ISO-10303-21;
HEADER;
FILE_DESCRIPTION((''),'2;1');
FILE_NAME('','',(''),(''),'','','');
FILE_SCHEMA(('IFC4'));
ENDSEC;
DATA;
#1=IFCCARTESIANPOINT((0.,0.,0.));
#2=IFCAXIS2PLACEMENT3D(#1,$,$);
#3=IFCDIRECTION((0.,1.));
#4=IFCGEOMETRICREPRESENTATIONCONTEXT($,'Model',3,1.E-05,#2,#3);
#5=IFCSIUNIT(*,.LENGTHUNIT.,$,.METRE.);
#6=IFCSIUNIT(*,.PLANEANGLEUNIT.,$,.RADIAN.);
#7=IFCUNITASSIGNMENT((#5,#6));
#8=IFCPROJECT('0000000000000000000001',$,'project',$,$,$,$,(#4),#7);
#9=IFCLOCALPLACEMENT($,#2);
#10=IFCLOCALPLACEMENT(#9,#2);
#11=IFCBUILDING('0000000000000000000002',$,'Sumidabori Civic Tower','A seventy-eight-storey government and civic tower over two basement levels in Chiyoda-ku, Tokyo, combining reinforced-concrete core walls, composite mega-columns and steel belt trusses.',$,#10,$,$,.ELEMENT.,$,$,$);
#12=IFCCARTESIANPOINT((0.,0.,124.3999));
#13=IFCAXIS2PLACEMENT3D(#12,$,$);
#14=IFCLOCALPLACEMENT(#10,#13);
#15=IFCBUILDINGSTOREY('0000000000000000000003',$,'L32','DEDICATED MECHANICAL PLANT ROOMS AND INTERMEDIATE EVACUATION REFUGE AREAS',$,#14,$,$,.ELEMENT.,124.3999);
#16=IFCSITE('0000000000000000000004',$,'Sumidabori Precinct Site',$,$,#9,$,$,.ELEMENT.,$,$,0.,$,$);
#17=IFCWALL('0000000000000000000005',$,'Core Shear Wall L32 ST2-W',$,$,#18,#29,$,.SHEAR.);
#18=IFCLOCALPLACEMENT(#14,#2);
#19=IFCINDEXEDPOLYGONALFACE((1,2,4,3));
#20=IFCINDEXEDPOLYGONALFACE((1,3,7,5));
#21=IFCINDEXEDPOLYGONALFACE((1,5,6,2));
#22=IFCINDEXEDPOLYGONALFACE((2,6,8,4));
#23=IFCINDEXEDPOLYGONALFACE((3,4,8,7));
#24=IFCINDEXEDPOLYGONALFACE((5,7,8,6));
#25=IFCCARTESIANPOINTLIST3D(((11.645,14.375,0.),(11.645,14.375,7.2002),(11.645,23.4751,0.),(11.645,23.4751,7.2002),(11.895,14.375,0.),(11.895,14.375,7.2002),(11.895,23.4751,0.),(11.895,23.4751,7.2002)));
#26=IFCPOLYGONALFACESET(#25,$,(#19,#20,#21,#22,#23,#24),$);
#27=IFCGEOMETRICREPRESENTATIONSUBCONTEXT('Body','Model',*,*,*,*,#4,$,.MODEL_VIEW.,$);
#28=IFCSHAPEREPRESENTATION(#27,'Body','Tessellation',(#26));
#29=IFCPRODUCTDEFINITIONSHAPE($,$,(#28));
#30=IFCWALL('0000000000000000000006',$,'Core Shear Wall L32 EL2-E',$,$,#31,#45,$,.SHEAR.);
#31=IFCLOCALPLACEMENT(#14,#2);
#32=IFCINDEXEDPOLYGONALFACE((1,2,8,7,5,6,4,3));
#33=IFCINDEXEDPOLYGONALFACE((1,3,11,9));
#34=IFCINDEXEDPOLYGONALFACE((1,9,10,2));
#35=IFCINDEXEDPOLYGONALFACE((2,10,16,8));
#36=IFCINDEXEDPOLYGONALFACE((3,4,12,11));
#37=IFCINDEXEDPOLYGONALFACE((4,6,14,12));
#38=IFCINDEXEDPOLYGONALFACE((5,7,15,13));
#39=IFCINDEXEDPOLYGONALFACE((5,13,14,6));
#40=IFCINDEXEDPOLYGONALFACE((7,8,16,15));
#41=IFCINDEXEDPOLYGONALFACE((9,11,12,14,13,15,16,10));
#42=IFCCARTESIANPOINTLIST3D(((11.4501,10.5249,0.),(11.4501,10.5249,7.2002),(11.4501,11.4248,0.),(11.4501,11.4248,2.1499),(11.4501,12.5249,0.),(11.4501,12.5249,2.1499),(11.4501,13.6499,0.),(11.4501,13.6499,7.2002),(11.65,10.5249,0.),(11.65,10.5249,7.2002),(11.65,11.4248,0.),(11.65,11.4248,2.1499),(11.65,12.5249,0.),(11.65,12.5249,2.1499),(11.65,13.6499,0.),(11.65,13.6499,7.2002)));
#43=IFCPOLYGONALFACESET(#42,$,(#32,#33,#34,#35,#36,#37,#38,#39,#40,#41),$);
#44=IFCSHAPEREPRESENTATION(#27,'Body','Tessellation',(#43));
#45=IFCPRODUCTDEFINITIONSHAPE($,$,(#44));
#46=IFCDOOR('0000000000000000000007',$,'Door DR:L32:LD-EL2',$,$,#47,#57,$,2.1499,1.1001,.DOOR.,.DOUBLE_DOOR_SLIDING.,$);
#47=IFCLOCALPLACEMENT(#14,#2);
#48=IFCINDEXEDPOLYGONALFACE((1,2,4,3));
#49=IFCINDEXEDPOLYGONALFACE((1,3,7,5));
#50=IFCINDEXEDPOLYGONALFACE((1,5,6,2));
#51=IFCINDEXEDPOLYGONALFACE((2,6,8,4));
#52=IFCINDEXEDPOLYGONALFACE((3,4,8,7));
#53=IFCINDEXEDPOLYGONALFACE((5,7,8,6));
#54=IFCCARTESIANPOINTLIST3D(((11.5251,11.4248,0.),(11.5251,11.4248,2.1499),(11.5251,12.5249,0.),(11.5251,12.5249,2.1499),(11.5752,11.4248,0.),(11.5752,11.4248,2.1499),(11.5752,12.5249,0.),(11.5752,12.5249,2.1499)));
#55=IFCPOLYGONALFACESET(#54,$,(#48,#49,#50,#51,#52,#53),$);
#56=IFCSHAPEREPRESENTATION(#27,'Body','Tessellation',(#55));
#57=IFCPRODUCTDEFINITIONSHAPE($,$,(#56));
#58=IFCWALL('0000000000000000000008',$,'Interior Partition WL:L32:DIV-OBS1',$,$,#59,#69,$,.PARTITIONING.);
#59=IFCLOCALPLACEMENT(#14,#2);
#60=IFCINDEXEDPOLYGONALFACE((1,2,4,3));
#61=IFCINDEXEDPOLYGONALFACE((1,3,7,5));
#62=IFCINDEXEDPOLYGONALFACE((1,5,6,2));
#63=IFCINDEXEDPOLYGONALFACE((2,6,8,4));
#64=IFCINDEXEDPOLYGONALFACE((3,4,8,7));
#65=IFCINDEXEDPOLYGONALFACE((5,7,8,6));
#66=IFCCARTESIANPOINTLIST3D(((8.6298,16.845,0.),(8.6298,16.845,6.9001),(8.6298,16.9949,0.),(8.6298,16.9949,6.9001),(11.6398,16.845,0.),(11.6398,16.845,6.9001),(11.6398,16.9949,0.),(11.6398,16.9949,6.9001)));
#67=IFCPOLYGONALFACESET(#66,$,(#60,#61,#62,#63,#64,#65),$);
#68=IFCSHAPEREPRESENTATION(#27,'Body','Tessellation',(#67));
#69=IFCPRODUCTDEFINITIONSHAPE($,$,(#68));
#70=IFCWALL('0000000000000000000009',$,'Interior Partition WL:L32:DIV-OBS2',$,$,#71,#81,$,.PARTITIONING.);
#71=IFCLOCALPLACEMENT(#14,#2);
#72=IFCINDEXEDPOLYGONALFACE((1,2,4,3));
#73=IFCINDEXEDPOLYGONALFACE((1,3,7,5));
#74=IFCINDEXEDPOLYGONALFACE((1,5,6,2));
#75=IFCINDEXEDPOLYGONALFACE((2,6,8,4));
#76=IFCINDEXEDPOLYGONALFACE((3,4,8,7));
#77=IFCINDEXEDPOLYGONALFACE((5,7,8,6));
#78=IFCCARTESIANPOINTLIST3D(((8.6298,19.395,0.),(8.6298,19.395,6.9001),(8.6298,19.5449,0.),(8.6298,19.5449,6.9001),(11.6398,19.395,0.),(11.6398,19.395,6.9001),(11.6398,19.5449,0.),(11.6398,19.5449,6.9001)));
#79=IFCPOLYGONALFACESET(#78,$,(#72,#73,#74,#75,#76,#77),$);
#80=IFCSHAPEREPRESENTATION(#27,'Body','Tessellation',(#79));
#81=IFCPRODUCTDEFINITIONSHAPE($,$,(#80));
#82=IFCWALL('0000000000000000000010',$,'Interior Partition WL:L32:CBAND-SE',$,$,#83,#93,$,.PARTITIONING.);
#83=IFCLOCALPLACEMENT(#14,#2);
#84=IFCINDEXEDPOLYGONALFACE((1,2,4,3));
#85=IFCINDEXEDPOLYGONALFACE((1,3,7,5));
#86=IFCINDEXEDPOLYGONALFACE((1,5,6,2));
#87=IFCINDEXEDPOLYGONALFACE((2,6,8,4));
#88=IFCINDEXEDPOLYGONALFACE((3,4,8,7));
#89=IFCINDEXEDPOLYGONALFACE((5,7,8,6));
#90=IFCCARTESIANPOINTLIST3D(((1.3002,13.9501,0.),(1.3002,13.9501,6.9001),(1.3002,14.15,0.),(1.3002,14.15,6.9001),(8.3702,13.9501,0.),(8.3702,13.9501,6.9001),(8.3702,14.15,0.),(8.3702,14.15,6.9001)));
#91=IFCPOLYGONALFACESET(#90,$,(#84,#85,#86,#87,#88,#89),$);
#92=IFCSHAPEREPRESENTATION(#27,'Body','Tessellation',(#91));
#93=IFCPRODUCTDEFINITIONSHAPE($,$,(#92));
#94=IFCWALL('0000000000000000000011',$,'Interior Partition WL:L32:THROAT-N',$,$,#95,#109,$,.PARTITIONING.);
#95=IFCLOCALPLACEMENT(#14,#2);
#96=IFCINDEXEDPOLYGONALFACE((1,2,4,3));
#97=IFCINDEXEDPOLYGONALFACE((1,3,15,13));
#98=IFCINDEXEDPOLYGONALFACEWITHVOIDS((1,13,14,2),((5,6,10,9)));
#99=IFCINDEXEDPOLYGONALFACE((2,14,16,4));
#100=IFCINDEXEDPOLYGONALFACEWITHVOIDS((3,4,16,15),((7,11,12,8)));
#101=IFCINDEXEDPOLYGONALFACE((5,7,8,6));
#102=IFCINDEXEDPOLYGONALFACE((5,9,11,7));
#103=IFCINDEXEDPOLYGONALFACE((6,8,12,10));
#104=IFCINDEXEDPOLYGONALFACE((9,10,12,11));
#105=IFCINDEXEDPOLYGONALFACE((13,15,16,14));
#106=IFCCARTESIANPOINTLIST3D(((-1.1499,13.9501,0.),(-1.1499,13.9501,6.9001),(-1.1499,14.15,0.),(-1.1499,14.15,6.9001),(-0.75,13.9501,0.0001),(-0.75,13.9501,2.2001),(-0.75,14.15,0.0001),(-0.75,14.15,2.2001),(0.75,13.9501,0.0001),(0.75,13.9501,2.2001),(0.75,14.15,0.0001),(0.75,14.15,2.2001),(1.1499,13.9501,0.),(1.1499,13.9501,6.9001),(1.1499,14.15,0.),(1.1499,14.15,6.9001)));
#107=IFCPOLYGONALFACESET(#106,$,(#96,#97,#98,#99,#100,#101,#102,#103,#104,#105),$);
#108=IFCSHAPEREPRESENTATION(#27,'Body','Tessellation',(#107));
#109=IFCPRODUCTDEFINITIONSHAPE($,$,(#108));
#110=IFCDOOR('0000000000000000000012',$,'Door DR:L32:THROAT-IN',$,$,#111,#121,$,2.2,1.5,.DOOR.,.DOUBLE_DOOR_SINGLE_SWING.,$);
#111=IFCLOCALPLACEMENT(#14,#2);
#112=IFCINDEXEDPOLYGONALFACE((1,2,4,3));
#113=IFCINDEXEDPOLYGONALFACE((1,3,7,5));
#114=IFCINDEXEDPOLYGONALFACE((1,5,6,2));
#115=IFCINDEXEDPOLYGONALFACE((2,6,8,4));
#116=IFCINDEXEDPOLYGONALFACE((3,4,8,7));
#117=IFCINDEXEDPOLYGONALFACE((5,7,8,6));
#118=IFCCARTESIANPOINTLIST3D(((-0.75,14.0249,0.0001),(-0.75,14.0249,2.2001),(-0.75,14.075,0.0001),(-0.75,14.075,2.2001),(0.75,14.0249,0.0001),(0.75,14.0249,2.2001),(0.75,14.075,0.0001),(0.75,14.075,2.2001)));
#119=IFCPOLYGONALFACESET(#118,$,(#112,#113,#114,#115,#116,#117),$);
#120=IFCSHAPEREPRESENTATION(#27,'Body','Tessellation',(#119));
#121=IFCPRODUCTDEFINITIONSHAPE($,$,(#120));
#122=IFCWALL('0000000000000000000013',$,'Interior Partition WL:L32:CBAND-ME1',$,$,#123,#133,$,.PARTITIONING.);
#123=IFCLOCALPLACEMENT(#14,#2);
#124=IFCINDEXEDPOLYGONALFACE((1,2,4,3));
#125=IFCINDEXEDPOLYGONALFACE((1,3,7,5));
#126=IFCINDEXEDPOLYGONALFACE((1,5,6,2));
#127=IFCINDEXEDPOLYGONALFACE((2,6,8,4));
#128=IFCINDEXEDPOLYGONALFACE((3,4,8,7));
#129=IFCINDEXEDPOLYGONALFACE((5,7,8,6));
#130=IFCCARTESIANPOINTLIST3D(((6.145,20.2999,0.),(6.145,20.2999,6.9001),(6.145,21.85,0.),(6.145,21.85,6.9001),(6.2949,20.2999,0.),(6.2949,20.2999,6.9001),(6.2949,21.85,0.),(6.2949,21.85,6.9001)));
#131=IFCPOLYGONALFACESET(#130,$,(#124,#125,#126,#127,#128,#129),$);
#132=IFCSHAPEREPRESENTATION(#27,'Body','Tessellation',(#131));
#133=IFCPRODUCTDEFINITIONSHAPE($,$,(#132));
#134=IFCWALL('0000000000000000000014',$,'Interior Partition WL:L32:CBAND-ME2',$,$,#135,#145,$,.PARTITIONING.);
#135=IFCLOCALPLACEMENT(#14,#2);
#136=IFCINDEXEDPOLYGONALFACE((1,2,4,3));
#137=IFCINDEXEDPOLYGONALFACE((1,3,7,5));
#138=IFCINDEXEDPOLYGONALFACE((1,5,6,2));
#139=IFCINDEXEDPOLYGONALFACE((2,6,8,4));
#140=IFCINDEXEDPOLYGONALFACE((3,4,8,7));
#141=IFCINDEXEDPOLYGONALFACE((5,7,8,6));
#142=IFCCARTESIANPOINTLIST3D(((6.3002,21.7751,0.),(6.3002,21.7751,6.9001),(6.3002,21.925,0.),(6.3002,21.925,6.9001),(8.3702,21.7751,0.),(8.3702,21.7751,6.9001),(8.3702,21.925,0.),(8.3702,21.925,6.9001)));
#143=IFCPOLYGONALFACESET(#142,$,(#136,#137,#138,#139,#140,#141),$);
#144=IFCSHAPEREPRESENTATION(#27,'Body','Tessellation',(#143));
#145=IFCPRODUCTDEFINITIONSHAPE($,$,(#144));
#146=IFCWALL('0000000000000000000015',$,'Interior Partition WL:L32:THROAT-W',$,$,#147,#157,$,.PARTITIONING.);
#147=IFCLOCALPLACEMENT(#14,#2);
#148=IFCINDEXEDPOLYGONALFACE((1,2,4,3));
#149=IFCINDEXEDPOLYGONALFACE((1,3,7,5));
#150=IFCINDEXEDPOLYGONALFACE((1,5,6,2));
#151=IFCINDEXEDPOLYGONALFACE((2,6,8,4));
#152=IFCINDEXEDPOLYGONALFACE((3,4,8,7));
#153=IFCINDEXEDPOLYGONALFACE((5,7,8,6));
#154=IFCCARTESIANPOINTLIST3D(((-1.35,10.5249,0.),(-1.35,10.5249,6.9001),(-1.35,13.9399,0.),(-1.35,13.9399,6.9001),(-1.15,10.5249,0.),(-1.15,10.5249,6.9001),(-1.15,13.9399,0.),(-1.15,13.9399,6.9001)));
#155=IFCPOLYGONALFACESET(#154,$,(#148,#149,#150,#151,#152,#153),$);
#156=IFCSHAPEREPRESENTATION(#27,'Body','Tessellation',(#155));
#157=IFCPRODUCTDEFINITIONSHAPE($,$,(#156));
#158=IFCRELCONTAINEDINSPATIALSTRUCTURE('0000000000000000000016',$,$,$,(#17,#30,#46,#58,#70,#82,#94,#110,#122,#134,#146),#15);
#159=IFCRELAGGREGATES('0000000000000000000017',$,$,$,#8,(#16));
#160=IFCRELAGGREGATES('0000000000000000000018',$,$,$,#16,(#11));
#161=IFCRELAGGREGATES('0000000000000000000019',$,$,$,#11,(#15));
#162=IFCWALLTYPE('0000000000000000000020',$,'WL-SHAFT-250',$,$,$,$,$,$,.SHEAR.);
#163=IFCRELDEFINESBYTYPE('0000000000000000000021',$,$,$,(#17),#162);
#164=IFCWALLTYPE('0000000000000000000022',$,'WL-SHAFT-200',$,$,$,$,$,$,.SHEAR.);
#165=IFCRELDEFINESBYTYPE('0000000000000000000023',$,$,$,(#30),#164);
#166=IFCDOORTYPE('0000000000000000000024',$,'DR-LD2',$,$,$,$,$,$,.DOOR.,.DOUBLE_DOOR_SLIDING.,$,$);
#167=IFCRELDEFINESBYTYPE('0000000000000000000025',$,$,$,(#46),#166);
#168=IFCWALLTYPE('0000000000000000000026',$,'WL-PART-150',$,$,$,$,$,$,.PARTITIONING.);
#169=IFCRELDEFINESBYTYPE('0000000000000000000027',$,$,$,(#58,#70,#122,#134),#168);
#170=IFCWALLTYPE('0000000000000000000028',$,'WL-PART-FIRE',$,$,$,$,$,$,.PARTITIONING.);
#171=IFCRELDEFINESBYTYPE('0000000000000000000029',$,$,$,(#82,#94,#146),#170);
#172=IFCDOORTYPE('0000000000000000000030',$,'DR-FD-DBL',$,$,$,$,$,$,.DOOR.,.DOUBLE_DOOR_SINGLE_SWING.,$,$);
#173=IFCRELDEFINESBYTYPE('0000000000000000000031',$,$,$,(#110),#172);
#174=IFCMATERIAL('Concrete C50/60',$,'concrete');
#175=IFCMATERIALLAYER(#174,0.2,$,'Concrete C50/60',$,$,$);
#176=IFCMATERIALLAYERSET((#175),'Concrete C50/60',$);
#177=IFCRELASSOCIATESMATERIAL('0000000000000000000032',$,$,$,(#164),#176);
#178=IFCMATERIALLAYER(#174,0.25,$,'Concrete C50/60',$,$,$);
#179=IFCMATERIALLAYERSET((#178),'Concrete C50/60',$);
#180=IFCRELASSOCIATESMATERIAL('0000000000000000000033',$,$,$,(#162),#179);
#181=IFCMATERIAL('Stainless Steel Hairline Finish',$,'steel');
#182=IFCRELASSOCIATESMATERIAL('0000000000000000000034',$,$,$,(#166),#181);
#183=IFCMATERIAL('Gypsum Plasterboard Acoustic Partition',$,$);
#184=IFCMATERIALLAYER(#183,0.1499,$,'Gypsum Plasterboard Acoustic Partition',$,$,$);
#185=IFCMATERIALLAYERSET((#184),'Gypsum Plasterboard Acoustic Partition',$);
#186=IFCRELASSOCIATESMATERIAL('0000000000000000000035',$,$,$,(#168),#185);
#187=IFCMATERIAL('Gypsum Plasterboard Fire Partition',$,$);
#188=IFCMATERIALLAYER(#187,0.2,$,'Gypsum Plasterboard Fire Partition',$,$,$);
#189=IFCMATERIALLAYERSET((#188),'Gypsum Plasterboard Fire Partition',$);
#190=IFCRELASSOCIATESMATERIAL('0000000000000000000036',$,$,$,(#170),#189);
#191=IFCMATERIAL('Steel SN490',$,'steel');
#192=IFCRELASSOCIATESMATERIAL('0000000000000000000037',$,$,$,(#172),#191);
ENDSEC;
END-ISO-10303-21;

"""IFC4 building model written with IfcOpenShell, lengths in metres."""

from ifc_helpers import new_model, si_unit, direction, frame, frame_2d, origin, place, context, subcontext, project, spatial, rectangle, extrude, source, transform, mapped, material, layer, layer_set, type_object, element, fill, save


model = new_model("IFC4")

# Units and contexts
model_context = context("Model", 3, precision=1e-05, world=origin(), true_north=direction((0.0, 1.0)))
body_context = subcontext(model_context, "Body", "Model", "MODEL_VIEW")
ifc_project = project(units=[si_unit("LENGTHUNIT", "METRE"), si_unit("PLANEANGLEUNIT", "RADIAN")], contexts=[model_context])

# Site, building, storey
site_placement = place(None, origin())
site = spatial("IfcSite", under=ifc_project, at=site_placement, Name="Sumidabori Precinct Site", CompositionType="ELEMENT", RefElevation=0.0)
building_placement = place(site_placement, origin())
building = spatial("IfcBuilding", under=site, at=building_placement, Name="Sumidabori Civic Tower", Description="A seventy-eight-storey government and civic tower over two basement levels in Chiyoda-ku, Tokyo, combining reinforced-concrete core walls, composite mega-columns and steel belt trusses.", CompositionType="ELEMENT")
storey_placement = place(building_placement, frame((0.0, 0.0, 124.3999)))
storey = spatial("IfcBuildingStorey", under=building, at=storey_placement, Name="L32", Description="DEDICATED MECHANICAL PLANT ROOMS AND INTERMEDIATE EVACUATION REFUGE AREAS", CompositionType="ELEMENT", Elevation=124.3999)

# Shared definitions
ifc_material_1 = material(Name="Steel SN490", Category="steel")

# Shared definitions
ifc_material_2 = material(Name="Concrete C50/60", Category="concrete")
ifc_layer_1 = layer(ifc_material_2, 0.2, Name="Concrete C50/60")
ifc_layer_set_1 = layer_set([ifc_layer_1], Name="Concrete C50/60")
wall_type_1 = type_object("IfcWallType", Name="WL-SHAFT-200", PredefinedType="SHEAR", material=ifc_layer_set_1)

# Shared definitions
ifc_layer_2 = layer(ifc_material_2, 0.25, Name="Concrete C50/60")
ifc_layer_set_2 = layer_set([ifc_layer_2], Name="Concrete C50/60")
wall_type_2 = type_object("IfcWallType", Name="WL-SHAFT-250", PredefinedType="SHEAR", material=ifc_layer_set_2)

# Wall
shared_shape_1 = source(origin(), body_context, "Body", "SweptSolid", [
    extrude(rectangle(XDim=9.1001, YDim=0.25, at=frame_2d((4.55, 0.0))), origin(), (0.0, 0.0, 1.0), 7.2002),
])
wall_1_placement = place(storey_placement, frame((11.77, 14.375, 0.0), z_axis=(0.0, 0.0, 1.0), x_axis=(0.0, 1.0, 0.0)))
element("IfcWall", 1, at=wall_1_placement, inside=storey, type_object=wall_type_2, Name="Core Shear Wall L32 ST2-W", PredefinedType="SHEAR", context=body_context, shape_type="MappedRepresentation", body=[
    mapped(shared_shape_1, transform((0.0, 0.0, 0.0), x_axis=(1.0, 0.0, 0.0), y_axis=(0.0, 1.0, 0.0), z_axis=(0.0, 0.0, 1.0), scale=1.0)),
])

# Wall, opening, door
shared_shape_2 = source(origin(), body_context, "Body", "SweptSolid", [
    extrude(rectangle(XDim=3.125, YDim=0.2, at=frame_2d((1.5625, 0.0))), origin(), (0.0, 0.0, 1.0), 7.2002),
])
wall_2_placement = place(storey_placement, frame((11.55, 10.5249, 0.0), z_axis=(0.0, 0.0, 1.0), x_axis=(0.0, 1.0, 0.0)))
wall_2 = element("IfcWall", 2, at=wall_2_placement, inside=storey, type_object=wall_type_1, Name="Core Shear Wall L32 EL2-E", PredefinedType="SHEAR", context=body_context, shape_type="MappedRepresentation", body=[
    mapped(shared_shape_2, transform((0.0, 0.0, 0.0), x_axis=(1.0, 0.0, 0.0), y_axis=(0.0, 1.0, 0.0), z_axis=(0.0, 0.0, 1.0), scale=1.0)),
])
opening_1_placement = place(wall_2_placement, frame((0.8999, 0.0, 0.0)))
opening_1 = element("IfcOpeningElement", 3, at=opening_1_placement, cuts=wall_2, PredefinedType="OPENING", context=body_context, shape_type="SweptSolid", body=[
    extrude(rectangle(XDim=1.1001, YDim=2.1499, at=frame_2d((0.55, 1.075))), frame((0.0, 0.1118, 0.0), z_axis=(0.0, -1.0, 0.0), x_axis=(1.0, 0.0, 0.0)), (0.0, 0.0, 1.0), 0.2239),
])
ifc_material_3 = material(Name="Stainless Steel Hairline Finish", Category="steel")
door_type_1 = type_object("IfcDoorType", Name="DR-LD2", OperationType="DOUBLE_DOOR_SLIDING", PredefinedType="DOOR", material=ifc_material_3)
shared_shape_3 = source(origin(), body_context, "Body", "SweptSolid", [
    extrude(rectangle(XDim=1.1001, YDim=2.1499, at=frame_2d((0.55, 1.075))), frame((0.0, 0.0249, 0.0), z_axis=(0.0, -1.0, 0.0), x_axis=(1.0, 0.0, 0.0)), (0.0, 0.0, 1.0), 0.05),
])
door_1_placement = place(opening_1_placement, origin())
door_1 = element("IfcDoor", 4, at=door_1_placement, inside=storey, type_object=door_type_1, Name="Door DR:L32:LD-EL2", OperationType="DOUBLE_DOOR_SLIDING", OverallHeight=2.1499, OverallWidth=1.1001, PredefinedType="DOOR", context=body_context, shape_type="MappedRepresentation", body=[
    mapped(shared_shape_3, transform((0.0, 0.0, 0.0), x_axis=(1.0, 0.0, 0.0), y_axis=(0.0, 1.0, 0.0), z_axis=(0.0, 0.0, 1.0), scale=1.0)),
])
fill(opening_1, door_1)

# Walls
ifc_material_4 = material(Name="Gypsum Plasterboard Acoustic Partition")
ifc_layer_3 = layer(ifc_material_4, 0.1499, Name="Gypsum Plasterboard Acoustic Partition")
ifc_layer_set_3 = layer_set([ifc_layer_3], Name="Gypsum Plasterboard Acoustic Partition")
wall_type_3 = type_object("IfcWallType", Name="WL-PART-150", PredefinedType="PARTITIONING", material=ifc_layer_set_3)
shared_shape_4 = source(origin(), body_context, "Body", "SweptSolid", [
    extrude(rectangle(XDim=3.01, YDim=0.1499, at=frame_2d((1.5049, 0.0))), origin(), (0.0, 0.0, 1.0), 6.9001),
])
for number, where, z_axis, x_axis, name in (
    (5, (8.6299, 16.9199, 0.0), (0.0, 0.0, 1.0), (1.0, 0.0, 0.0), "Interior Partition WL:L32:DIV-OBS1"),
    (6, (8.6299, 19.47, 0.0), (0.0, 0.0, 1.0), (1.0, 0.0, 0.0), "Interior Partition WL:L32:DIV-OBS2"),
):
    element("IfcWall", number, at=place(storey_placement, frame(where, z_axis=z_axis, x_axis=x_axis)), inside=storey, type_object=wall_type_3, Name=name, PredefinedType="PARTITIONING", context=body_context, shape_type="MappedRepresentation", body=[
        mapped(shared_shape_4, transform((0.0, 0.0, 0.0), x_axis=(1.0, 0.0, 0.0), y_axis=(0.0, 1.0, 0.0), z_axis=(0.0, 0.0, 1.0), scale=1.0)),
    ])
ifc_material_5 = material(Name="Gypsum Plasterboard Fire Partition")
ifc_layer_4 = layer(ifc_material_5, 0.2, Name="Gypsum Plasterboard Fire Partition")
ifc_layer_set_4 = layer_set([ifc_layer_4], Name="Gypsum Plasterboard Fire Partition")
wall_type_4 = type_object("IfcWallType", Name="WL-PART-FIRE", PredefinedType="PARTITIONING", material=ifc_layer_set_4)
shared_shape_5 = source(origin(), body_context, "Body", "SweptSolid", [
    extrude(rectangle(XDim=7.0701, YDim=0.2, at=frame_2d((3.5352, 0.0))), origin(), (0.0, 0.0, 1.0), 6.9001),
])
wall_3_placement = place(storey_placement, frame((1.3, 14.05, 0.0), z_axis=(0.0, 0.0, 1.0), x_axis=(1.0, 0.0, 0.0)))
element("IfcWall", 7, at=wall_3_placement, inside=storey, type_object=wall_type_4, Name="Interior Partition WL:L32:CBAND-SE", PredefinedType="PARTITIONING", context=body_context, shape_type="MappedRepresentation", body=[
    mapped(shared_shape_5, transform((0.0, 0.0, 0.0), x_axis=(1.0, 0.0, 0.0), y_axis=(0.0, 1.0, 0.0), z_axis=(0.0, 0.0, 1.0), scale=1.0)),
])

# Wall, opening, door
shared_shape_6 = source(origin(), body_context, "Body", "SweptSolid", [
    extrude(rectangle(XDim=2.2998, YDim=0.2, at=frame_2d((1.1499, 0.0))), origin(), (0.0, 0.0, 1.0), 6.9001),
])
wall_4_placement = place(storey_placement, frame((-1.1499, 14.05, 0.0), z_axis=(0.0, 0.0, 1.0), x_axis=(1.0, 0.0, 0.0)))
wall_4 = element("IfcWall", 8, at=wall_4_placement, inside=storey, type_object=wall_type_4, Name="Interior Partition WL:L32:THROAT-N", PredefinedType="PARTITIONING", context=body_context, shape_type="MappedRepresentation", body=[
    mapped(shared_shape_6, transform((0.0, 0.0, 0.0), x_axis=(1.0, 0.0, 0.0), y_axis=(0.0, 1.0, 0.0), z_axis=(0.0, 0.0, 1.0), scale=1.0)),
])
opening_2_placement = place(wall_4_placement, frame((0.3999, 0.0, 0.0)))
opening_2 = element("IfcOpeningElement", 9, at=opening_2_placement, cuts=wall_4, PredefinedType="OPENING", context=body_context, shape_type="SweptSolid", body=[
    extrude(rectangle(XDim=1.5, YDim=2.2, at=frame_2d((0.75, 1.1001))), frame((0.0, 0.1118, 0.0), z_axis=(0.0, -1.0, 0.0), x_axis=(1.0, 0.0, 0.0)), (0.0, 0.0, 1.0), 0.2239),
])
door_type_2 = type_object("IfcDoorType", Name="DR-FD-DBL", OperationType="DOUBLE_DOOR_SINGLE_SWING", PredefinedType="DOOR", material=ifc_material_1)
shared_shape_7 = source(origin(), body_context, "Body", "SweptSolid", [
    extrude(rectangle(XDim=1.5, YDim=2.2, at=frame_2d((0.75, 1.1001))), frame((0.0, 0.0249, 0.0), z_axis=(0.0, -1.0, 0.0), x_axis=(1.0, 0.0, 0.0)), (0.0, 0.0, 1.0), 0.05),
])
door_2_placement = place(opening_2_placement, origin())
door_2 = element("IfcDoor", 10, at=door_2_placement, inside=storey, type_object=door_type_2, Name="Door DR:L32:THROAT-IN", OperationType="DOUBLE_DOOR_SINGLE_SWING", OverallHeight=2.2, OverallWidth=1.5, PredefinedType="DOOR", context=body_context, shape_type="MappedRepresentation", body=[
    mapped(shared_shape_7, transform((0.0, 0.0, 0.0), x_axis=(1.0, 0.0, 0.0), y_axis=(0.0, 1.0, 0.0), z_axis=(0.0, 0.0, 1.0), scale=1.0)),
])
fill(opening_2, door_2)

# Walls
shared_shape_8 = source(origin(), body_context, "Body", "SweptSolid", [
    extrude(rectangle(XDim=1.55, YDim=0.1499, at=frame_2d((0.7749, 0.0))), origin(), (0.0, 0.0, 1.0), 6.9001),
])
wall_5_placement = place(storey_placement, frame((6.22, 20.3, 0.0), z_axis=(0.0, 0.0, 1.0), x_axis=(0.0, 1.0, 0.0)))
element("IfcWall", 11, at=wall_5_placement, inside=storey, type_object=wall_type_3, Name="Interior Partition WL:L32:CBAND-ME1", PredefinedType="PARTITIONING", context=body_context, shape_type="MappedRepresentation", body=[
    mapped(shared_shape_8, transform((0.0, 0.0, 0.0), x_axis=(1.0, 0.0, 0.0), y_axis=(0.0, 1.0, 0.0), z_axis=(0.0, 0.0, 1.0), scale=1.0)),
])
shared_shape_9 = source(origin(), body_context, "Body", "SweptSolid", [
    extrude(rectangle(XDim=2.0701, YDim=0.1499, at=frame_2d((1.0352, 0.0))), origin(), (0.0, 0.0, 1.0), 6.9001),
])
wall_6_placement = place(storey_placement, frame((6.3, 21.8501, 0.0), z_axis=(0.0, 0.0, 1.0), x_axis=(1.0, 0.0, 0.0)))
element("IfcWall", 12, at=wall_6_placement, inside=storey, type_object=wall_type_3, Name="Interior Partition WL:L32:CBAND-ME2", PredefinedType="PARTITIONING", context=body_context, shape_type="MappedRepresentation", body=[
    mapped(shared_shape_9, transform((0.0, 0.0, 0.0), x_axis=(1.0, 0.0, 0.0), y_axis=(0.0, 1.0, 0.0), z_axis=(0.0, 0.0, 1.0), scale=1.0)),
])
shared_shape_10 = source(origin(), body_context, "Body", "SweptSolid", [
    extrude(rectangle(XDim=3.415, YDim=0.2, at=frame_2d((1.7075, 0.0))), origin(), (0.0, 0.0, 1.0), 6.9001),
])
for number, where, z_axis, x_axis, name in (
    (13, (-1.25, 10.5249, 0.0), (0.0, 0.0, 1.0), (0.0, 1.0, 0.0), "Interior Partition WL:L32:THROAT-W"),
):
    element("IfcWall", number, at=place(storey_placement, frame(where, z_axis=z_axis, x_axis=x_axis)), inside=storey, type_object=wall_type_4, Name=name, PredefinedType="PARTITIONING", context=body_context, shape_type="MappedRepresentation", body=[
        mapped(shared_shape_10, transform((0.0, 0.0, 0.0), x_axis=(1.0, 0.0, 0.0), y_axis=(0.0, 1.0, 0.0), z_axis=(0.0, 0.0, 1.0), scale=1.0)),
    ])

save(model, "model.ifc")
